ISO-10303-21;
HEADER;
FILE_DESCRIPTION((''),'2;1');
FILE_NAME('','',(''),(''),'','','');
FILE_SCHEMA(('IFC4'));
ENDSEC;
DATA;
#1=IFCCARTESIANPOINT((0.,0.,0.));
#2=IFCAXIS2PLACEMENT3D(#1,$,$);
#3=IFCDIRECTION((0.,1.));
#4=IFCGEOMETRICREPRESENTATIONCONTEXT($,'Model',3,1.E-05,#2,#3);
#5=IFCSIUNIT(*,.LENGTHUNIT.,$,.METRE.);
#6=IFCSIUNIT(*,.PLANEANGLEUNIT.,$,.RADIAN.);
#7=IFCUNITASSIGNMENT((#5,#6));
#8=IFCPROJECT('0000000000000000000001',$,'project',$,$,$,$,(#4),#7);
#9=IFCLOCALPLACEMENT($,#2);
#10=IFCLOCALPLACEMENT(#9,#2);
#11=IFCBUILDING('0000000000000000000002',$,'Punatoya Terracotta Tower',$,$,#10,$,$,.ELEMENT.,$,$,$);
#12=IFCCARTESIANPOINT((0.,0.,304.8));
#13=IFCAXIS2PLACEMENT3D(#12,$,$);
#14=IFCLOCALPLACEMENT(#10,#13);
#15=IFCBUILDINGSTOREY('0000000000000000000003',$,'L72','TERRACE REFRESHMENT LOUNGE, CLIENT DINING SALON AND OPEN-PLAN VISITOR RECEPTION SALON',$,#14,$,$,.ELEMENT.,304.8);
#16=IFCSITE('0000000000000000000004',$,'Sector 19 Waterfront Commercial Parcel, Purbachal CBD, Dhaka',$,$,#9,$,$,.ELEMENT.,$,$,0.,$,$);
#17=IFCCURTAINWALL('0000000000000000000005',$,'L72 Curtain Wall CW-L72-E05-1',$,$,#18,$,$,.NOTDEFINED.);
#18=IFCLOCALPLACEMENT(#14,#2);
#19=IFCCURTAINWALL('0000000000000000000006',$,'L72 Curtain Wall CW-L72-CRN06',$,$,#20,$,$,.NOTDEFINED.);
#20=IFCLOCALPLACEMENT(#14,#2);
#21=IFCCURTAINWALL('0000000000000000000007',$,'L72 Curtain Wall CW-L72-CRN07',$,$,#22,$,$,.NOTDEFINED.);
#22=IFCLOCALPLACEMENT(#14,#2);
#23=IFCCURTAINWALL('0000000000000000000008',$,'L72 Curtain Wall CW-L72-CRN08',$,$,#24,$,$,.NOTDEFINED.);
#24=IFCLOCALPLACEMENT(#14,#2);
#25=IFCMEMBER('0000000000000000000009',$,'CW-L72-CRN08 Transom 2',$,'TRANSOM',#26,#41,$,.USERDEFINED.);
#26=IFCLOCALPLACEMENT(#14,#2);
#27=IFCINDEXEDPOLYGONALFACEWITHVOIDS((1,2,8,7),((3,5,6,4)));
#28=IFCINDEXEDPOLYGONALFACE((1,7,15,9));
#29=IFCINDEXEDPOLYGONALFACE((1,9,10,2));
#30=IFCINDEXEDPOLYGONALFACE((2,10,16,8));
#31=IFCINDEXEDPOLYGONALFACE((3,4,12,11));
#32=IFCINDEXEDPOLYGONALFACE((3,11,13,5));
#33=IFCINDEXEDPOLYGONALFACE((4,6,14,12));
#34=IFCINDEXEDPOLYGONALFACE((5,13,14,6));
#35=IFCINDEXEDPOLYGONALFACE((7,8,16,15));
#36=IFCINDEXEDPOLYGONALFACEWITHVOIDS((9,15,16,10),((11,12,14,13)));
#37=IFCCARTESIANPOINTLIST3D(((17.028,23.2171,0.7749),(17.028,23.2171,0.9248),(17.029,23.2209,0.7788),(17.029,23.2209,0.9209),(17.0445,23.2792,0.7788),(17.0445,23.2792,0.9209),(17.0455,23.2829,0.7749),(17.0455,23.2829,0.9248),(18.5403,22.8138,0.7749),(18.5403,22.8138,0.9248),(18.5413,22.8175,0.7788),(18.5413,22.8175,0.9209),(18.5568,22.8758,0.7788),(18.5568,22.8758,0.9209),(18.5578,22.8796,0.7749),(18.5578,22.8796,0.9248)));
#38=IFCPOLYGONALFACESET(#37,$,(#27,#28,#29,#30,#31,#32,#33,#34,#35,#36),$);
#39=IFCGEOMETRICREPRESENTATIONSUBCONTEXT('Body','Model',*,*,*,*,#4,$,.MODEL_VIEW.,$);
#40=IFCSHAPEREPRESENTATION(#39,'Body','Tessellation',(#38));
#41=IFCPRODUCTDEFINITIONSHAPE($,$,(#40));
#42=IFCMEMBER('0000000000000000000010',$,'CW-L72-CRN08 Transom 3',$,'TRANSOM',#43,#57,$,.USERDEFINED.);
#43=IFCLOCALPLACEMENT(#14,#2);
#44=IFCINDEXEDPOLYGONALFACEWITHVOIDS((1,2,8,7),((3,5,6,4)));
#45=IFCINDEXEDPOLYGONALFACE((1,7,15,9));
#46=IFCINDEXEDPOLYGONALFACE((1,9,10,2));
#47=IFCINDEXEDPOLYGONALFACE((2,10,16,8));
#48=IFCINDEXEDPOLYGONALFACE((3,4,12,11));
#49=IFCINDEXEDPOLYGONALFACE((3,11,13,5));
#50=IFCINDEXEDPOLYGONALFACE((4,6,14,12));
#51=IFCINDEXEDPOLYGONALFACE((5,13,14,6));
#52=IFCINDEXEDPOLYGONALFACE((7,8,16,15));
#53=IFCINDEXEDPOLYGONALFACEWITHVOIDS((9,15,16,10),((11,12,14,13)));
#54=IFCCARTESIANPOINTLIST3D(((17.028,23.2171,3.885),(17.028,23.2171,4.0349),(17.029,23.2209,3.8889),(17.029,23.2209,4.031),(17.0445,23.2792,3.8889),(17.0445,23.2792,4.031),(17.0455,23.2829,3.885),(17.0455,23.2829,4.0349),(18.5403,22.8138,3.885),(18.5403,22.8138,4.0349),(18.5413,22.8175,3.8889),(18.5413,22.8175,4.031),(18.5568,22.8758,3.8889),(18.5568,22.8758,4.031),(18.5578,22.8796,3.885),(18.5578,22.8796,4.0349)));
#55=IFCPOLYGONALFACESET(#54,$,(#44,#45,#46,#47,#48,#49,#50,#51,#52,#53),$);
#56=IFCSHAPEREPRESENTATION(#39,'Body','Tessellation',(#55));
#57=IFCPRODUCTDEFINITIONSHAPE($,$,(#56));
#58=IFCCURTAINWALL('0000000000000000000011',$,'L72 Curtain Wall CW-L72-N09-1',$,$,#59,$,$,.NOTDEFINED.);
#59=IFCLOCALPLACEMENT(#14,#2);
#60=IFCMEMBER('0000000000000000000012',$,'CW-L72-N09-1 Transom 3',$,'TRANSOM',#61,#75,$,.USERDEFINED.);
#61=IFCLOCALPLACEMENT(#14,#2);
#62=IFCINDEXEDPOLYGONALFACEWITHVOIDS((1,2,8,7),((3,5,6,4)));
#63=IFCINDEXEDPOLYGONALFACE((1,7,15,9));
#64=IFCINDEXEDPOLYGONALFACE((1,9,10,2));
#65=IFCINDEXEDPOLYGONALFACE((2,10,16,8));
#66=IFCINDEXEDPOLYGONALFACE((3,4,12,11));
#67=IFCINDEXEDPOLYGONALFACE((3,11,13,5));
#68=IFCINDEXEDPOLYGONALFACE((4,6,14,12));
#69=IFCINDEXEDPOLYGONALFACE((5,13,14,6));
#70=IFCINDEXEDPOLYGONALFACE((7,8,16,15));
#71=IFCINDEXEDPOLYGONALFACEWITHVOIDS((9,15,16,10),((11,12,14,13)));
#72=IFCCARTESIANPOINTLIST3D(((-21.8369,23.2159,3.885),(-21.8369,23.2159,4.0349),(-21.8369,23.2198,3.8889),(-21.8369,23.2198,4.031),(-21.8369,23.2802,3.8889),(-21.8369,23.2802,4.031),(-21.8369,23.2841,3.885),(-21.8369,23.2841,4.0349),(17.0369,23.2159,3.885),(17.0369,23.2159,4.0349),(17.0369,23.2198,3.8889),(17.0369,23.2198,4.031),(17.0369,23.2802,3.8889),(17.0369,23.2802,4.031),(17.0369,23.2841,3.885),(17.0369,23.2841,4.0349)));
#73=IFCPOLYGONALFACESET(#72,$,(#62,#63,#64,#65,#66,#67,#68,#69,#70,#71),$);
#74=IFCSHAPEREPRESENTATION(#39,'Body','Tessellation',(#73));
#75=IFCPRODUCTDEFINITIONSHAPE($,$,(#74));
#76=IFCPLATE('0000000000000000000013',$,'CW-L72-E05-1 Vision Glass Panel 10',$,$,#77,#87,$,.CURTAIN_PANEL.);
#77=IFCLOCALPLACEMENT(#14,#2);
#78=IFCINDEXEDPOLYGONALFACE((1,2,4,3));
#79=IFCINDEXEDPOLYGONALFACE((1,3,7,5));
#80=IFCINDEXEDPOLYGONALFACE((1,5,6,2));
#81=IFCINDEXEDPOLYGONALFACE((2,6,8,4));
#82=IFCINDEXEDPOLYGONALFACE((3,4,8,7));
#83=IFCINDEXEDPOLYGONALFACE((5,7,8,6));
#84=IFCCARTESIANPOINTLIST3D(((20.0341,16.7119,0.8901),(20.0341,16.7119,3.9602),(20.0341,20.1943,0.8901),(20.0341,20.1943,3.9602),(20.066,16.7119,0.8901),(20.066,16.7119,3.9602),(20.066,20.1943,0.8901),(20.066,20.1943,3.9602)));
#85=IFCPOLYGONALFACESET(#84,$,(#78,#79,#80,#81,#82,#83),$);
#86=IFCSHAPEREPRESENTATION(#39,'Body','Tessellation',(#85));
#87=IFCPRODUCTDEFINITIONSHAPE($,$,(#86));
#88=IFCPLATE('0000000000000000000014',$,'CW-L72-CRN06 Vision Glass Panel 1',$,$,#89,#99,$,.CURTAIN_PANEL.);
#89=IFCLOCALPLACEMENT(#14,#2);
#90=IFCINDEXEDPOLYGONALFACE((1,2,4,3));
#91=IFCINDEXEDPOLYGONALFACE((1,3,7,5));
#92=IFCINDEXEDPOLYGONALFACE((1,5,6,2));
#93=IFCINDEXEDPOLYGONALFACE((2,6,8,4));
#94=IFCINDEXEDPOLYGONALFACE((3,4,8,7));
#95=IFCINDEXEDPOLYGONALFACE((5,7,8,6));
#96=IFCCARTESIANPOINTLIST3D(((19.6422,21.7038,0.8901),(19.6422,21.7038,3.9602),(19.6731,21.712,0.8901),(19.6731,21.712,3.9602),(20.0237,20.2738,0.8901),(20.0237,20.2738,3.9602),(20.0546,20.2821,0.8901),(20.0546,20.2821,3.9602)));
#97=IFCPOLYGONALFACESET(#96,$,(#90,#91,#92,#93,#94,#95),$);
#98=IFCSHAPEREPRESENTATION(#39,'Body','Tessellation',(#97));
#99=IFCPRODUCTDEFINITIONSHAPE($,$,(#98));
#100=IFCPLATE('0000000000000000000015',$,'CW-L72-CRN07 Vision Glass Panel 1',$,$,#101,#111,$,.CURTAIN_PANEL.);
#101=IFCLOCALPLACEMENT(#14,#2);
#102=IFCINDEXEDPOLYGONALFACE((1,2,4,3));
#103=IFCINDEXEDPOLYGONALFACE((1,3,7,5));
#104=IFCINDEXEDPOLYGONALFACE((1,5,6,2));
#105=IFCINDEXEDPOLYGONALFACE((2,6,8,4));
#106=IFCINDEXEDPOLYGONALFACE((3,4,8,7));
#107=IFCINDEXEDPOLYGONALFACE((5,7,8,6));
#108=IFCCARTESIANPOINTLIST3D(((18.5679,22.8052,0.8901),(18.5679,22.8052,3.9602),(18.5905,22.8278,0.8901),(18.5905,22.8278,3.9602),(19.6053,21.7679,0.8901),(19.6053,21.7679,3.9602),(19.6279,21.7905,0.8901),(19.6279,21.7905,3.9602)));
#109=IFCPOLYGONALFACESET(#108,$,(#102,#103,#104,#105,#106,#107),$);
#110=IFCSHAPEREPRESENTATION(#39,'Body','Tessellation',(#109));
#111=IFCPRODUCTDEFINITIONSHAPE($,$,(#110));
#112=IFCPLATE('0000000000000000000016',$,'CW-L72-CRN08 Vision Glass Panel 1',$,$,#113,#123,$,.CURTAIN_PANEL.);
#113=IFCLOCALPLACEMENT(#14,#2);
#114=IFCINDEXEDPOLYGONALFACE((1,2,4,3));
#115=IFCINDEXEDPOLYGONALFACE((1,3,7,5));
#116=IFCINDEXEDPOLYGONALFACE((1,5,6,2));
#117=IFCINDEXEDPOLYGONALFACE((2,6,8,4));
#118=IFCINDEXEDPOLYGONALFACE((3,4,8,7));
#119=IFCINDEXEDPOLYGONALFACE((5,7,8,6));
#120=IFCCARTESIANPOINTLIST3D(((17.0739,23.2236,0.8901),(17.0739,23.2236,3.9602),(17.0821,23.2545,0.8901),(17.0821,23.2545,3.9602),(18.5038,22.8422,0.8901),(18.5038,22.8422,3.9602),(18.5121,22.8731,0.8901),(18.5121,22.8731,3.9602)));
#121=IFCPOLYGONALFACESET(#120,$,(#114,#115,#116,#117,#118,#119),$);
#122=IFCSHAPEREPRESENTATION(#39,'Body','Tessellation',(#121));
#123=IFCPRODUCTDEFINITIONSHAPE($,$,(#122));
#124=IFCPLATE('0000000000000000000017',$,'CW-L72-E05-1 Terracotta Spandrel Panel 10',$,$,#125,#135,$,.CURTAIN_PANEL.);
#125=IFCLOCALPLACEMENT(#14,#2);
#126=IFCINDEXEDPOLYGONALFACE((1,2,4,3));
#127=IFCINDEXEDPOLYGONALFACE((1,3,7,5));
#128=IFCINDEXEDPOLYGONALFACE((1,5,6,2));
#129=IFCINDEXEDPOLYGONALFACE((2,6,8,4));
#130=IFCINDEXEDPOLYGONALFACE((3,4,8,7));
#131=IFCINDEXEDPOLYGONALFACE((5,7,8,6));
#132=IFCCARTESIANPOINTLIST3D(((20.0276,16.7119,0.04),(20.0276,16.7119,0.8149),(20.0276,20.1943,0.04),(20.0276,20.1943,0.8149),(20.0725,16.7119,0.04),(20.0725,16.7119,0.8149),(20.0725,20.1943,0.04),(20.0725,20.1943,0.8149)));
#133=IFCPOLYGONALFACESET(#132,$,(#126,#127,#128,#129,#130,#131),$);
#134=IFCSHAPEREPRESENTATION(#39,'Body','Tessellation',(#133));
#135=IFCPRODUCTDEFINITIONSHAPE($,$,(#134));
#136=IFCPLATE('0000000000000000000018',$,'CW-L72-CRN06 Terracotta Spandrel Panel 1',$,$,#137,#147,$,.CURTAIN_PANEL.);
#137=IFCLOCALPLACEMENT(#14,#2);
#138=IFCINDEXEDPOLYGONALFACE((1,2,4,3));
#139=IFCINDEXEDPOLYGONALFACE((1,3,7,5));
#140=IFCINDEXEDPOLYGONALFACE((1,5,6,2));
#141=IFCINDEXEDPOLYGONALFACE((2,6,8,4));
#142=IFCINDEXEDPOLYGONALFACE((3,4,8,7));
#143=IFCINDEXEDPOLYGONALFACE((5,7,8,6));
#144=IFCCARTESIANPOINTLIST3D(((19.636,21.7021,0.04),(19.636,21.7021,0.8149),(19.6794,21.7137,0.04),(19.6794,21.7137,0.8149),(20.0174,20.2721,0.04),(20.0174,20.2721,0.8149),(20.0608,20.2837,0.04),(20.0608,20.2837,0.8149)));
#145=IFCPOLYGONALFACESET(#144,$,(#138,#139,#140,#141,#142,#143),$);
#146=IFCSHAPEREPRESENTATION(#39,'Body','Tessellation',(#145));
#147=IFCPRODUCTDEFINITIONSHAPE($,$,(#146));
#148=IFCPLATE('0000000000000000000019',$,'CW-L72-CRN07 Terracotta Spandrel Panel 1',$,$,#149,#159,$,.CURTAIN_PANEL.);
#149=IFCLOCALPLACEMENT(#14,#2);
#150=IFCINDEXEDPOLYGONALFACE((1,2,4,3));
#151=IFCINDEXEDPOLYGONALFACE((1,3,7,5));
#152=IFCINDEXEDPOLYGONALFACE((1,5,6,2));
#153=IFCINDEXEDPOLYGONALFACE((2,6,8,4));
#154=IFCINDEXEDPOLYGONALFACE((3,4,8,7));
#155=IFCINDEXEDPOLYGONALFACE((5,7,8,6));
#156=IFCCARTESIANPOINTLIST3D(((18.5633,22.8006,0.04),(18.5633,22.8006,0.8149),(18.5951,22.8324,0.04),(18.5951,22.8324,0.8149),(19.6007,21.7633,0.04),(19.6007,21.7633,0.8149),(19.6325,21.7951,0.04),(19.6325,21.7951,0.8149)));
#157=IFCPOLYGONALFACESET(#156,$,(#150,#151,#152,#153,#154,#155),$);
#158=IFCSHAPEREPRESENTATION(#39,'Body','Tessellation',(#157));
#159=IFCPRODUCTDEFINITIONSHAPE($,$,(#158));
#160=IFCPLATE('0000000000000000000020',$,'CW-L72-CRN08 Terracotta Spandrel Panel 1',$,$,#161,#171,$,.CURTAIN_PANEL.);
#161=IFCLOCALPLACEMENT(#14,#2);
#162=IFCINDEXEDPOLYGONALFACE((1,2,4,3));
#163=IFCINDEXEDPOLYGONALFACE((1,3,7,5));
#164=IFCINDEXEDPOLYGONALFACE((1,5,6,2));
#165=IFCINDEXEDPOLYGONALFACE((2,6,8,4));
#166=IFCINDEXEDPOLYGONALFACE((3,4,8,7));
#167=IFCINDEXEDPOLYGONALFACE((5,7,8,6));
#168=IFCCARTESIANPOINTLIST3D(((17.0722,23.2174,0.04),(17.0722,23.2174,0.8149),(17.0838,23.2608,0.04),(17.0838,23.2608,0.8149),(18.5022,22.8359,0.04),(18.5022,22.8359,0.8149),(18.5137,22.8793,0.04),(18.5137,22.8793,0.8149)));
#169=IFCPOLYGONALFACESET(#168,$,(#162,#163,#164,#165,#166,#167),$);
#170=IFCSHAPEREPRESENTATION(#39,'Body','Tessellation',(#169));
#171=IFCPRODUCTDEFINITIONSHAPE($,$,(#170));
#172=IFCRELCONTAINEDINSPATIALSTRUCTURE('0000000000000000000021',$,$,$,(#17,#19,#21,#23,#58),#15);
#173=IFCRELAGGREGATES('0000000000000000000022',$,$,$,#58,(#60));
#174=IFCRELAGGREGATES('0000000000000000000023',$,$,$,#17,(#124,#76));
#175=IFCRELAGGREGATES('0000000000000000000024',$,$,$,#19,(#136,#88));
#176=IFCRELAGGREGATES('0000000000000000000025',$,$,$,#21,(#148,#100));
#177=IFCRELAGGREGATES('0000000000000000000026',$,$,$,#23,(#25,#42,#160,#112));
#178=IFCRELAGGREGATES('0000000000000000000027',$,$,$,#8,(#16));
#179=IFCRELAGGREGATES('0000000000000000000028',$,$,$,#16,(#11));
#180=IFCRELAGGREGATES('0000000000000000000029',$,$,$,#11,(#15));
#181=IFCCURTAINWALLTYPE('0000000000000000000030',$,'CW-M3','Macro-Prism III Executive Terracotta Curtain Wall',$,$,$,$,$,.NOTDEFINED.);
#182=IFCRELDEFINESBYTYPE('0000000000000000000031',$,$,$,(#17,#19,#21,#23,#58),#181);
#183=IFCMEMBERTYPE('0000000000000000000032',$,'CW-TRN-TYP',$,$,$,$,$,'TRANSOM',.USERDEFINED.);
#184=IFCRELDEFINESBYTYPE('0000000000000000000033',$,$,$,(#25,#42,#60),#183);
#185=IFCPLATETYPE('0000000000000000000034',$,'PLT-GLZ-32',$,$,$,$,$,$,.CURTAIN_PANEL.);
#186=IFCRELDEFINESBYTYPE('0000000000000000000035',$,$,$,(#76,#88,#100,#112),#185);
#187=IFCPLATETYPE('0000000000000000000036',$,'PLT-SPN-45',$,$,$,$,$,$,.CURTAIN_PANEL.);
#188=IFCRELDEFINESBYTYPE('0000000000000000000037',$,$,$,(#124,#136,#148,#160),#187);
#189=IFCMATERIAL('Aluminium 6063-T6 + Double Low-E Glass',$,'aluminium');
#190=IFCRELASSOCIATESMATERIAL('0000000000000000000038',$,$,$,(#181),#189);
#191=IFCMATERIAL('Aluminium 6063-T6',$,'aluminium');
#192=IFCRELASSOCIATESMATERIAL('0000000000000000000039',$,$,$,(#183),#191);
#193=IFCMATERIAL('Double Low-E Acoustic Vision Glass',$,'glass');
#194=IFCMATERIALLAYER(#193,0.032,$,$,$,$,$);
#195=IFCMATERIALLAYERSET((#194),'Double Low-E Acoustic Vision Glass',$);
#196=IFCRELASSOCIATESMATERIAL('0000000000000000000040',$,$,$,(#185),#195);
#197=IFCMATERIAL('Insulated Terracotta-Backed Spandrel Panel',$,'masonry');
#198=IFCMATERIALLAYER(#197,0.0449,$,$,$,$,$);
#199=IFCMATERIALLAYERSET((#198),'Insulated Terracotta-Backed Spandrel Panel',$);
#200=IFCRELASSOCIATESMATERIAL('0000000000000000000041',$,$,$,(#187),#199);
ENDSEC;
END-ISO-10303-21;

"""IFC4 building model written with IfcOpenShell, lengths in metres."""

from ifc_helpers import new_model, si_unit, direction, frame, origin, origin_2d, place, context, subcontext, project, spatial, rectangle, hollow_rectangle, extrude, material, layer, layer_set, material_profile, profile_set, type_object, element, aggregate, save


model = new_model("IFC4")

# Units and contexts
model_context = context("Model", 3, precision=1e-05, world=origin(), true_north=direction((0.0, 1.0)))
body_context = subcontext(model_context, "Body", "Model", "MODEL_VIEW")
ifc_project = project(units=[si_unit("LENGTHUNIT", "METRE"), si_unit("PLANEANGLEUNIT", "RADIAN")], contexts=[model_context])

# Site, building, storey
site_placement = place(None, origin())
site = spatial("IfcSite", under=ifc_project, at=site_placement, Name="Sector 19 Waterfront Commercial Parcel, Purbachal CBD, Dhaka", CompositionType="ELEMENT", RefElevation=0.0)
building_placement = place(site_placement, origin())
building = spatial("IfcBuilding", under=site, at=building_placement, Name="Punatoya Terracotta Tower", CompositionType="ELEMENT")
storey_placement = place(building_placement, frame((0.0, 0.0, 304.8)))
storey = spatial("IfcBuildingStorey", under=building, at=storey_placement, Name="L72", Description="TERRACE REFRESHMENT LOUNGE, CLIENT DINING SALON AND OPEN-PLAN VISITOR RECEPTION SALON", CompositionType="ELEMENT", Elevation=304.8)

# Curtain walls
ifc_material_1 = material(Name="Aluminium 6063-T6 + Double Low-E Glass", Category="aluminium")
curtain_wall_type = type_object("IfcCurtainWallType", Name="CW-M3", Description="Macro-Prism III Executive Terracotta Curtain Wall", PredefinedType="NOTDEFINED", material=ifc_material_1)
curtain_wall_1_placement = place(storey_placement, origin())
curtain_wall_1 = element("IfcCurtainWall", 1, at=curtain_wall_1_placement, inside=storey, type_object=curtain_wall_type, Name="L72 Curtain Wall CW-L72-E05-1", PredefinedType="NOTDEFINED")
ifc_material_2 = material(Name="Aluminium 6063-T6", Category="aluminium")
curtain_wall_2_placement = place(storey_placement, origin())
curtain_wall_2 = element("IfcCurtainWall", 2, at=curtain_wall_2_placement, inside=storey, type_object=curtain_wall_type, Name="L72 Curtain Wall CW-L72-CRN06", PredefinedType="NOTDEFINED")
curtain_wall_3_placement = place(storey_placement, origin())
curtain_wall_3 = element("IfcCurtainWall", 3, at=curtain_wall_3_placement, inside=storey, type_object=curtain_wall_type, Name="L72 Curtain Wall CW-L72-CRN07", PredefinedType="NOTDEFINED")
curtain_wall_4_placement = place(storey_placement, origin())
curtain_wall_4 = element("IfcCurtainWall", 4, at=curtain_wall_4_placement, inside=storey, type_object=curtain_wall_type, Name="L72 Curtain Wall CW-L72-CRN08", PredefinedType="NOTDEFINED")

# Members
ifc_material_profile_1 = material_profile(ifc_material_2, hollow_rectangle(XDim=0.0681, YDim=0.1499, WallThickness=0.0039, at=origin_2d()))
ifc_profile_set_1 = profile_set([ifc_material_profile_1], Name="Aluminium 6063-T6")
member_type_1 = type_object("IfcMemberType", Name="CW-TRN-TYP", ElementType="TRANSOM", PredefinedType="USERDEFINED", material=ifc_profile_set_1)
member_1_placement = place(storey_placement, frame((18.5491, 22.8467, 0.8499), z_axis=(-0.966225, 0.257701, 0.0), x_axis=(-0.257701, -0.966225, 0.0)))
member_1 = element("IfcMember", 5, at=member_1_placement, type_object=member_type_1, Name="CW-L72-CRN08 Transom 2", ObjectType="TRANSOM", PredefinedType="USERDEFINED", context=body_context, shape_type="SweptSolid", body=[
    extrude(hollow_rectangle(XDim=0.0681, YDim=0.1499, WallThickness=0.0039, at=origin_2d()), origin(), (0.0, 0.0, 1.0), 1.5652),
])
member_2_placement = place(storey_placement, frame((18.5491, 22.8467, 3.96), z_axis=(-0.966225, 0.257701, 0.0), x_axis=(-0.257701, -0.966225, 0.0)))
member_2 = element("IfcMember", 6, at=member_2_placement, type_object=member_type_1, Name="CW-L72-CRN08 Transom 3", ObjectType="TRANSOM", PredefinedType="USERDEFINED", context=body_context, shape_type="SweptSolid", body=[
    extrude(hollow_rectangle(XDim=0.0681, YDim=0.1499, WallThickness=0.0039, at=origin_2d()), origin(), (0.0, 0.0, 1.0), 1.5652),
])

# Curtain wall, member
curtain_wall_5_placement = place(storey_placement, origin())
curtain_wall_5 = element("IfcCurtainWall", 7, at=curtain_wall_5_placement, inside=storey, type_object=curtain_wall_type, Name="L72 Curtain Wall CW-L72-N09-1", PredefinedType="NOTDEFINED")
member_3_placement = place(storey_placement, frame((17.0369, 23.25, 3.96), z_axis=(-1.0, 0.0, 0.0), x_axis=(0.0, -1.0, 0.0)))
member_3 = element("IfcMember", 8, at=member_3_placement, type_object=member_type_1, Name="CW-L72-N09-1 Transom 3", ObjectType="TRANSOM", PredefinedType="USERDEFINED", context=body_context, shape_type="SweptSolid", body=[
    extrude(hollow_rectangle(XDim=0.0681, YDim=0.1499, WallThickness=0.0039, at=origin_2d()), origin(), (0.0, 0.0, 1.0), 38.8738),
])
aggregate(curtain_wall_5, [member_3])

# Plates
ifc_material_3 = material(Name="Double Low-E Acoustic Vision Glass", Category="glass")
ifc_layer_1 = layer(ifc_material_3, 0.032)
ifc_layer_set_1 = layer_set([ifc_layer_1], Name="Double Low-E Acoustic Vision Glass")
plate_type_1 = type_object("IfcPlateType", Name="PLT-GLZ-32", PredefinedType="CURTAIN_PANEL", material=ifc_layer_set_1)
plate_1_placement = place(storey_placement, frame((20.05, 18.4531, 0.8901), z_axis=(0.0, 0.0, 1.0), x_axis=(0.0, 1.0, 0.0)))
plate_1 = element("IfcPlate", 9, at=plate_1_placement, type_object=plate_type_1, Name="CW-L72-E05-1 Vision Glass Panel 10", PredefinedType="CURTAIN_PANEL", context=body_context, shape_type="SweptSolid", body=[
    extrude(rectangle(XDim=3.4824, YDim=0.032, at=origin_2d()), origin(), (0.0, 0.0, 1.0), 3.0701),
])
plate_2_placement = place(storey_placement, frame((19.8484, 20.9929, 0.8901), z_axis=(0.0, 0.0, 1.0), x_axis=(-0.257742, 0.966214, 0.0)))
plate_2 = element("IfcPlate", 10, at=plate_2_placement, type_object=plate_type_1, Name="CW-L72-CRN06 Vision Glass Panel 1", PredefinedType="CURTAIN_PANEL", context=body_context, shape_type="SweptSolid", body=[
    extrude(rectangle(XDim=1.48, YDim=0.032, at=origin_2d()), origin(), (0.0, 0.0, 1.0), 3.0701),
])
plate_3_placement = place(storey_placement, frame((19.0979, 22.2979, 0.8901), z_axis=(0.0, 0.0, 1.0), x_axis=(-0.707107, 0.707107, 0.0)))
plate_3 = element("IfcPlate", 11, at=plate_3_placement, type_object=plate_type_1, Name="CW-L72-CRN07 Vision Glass Panel 1", PredefinedType="CURTAIN_PANEL", context=body_context, shape_type="SweptSolid", body=[
    extrude(rectangle(XDim=1.467, YDim=0.032, at=origin_2d()), origin(), (0.0, 0.0, 1.0), 3.0701),
])
plate_4_placement = place(storey_placement, frame((17.793, 23.0483, 0.8901), z_axis=(0.0, 0.0, 1.0), x_axis=(-0.966214, 0.257742, 0.0)))
plate_4 = element("IfcPlate", 12, at=plate_4_placement, type_object=plate_type_1, Name="CW-L72-CRN08 Vision Glass Panel 1", PredefinedType="CURTAIN_PANEL", context=body_context, shape_type="SweptSolid", body=[
    extrude(rectangle(XDim=1.48, YDim=0.032, at=origin_2d()), origin(), (0.0, 0.0, 1.0), 3.0701),
])
ifc_material_4 = material(Name="Insulated Terracotta-Backed Spandrel Panel", Category="masonry")
ifc_layer_2 = layer(ifc_material_4, 0.0449)
ifc_layer_set_2 = layer_set([ifc_layer_2], Name="Insulated Terracotta-Backed Spandrel Panel")
plate_type_2 = type_object("IfcPlateType", Name="PLT-SPN-45", PredefinedType="CURTAIN_PANEL", material=ifc_layer_set_2)
plate_5_placement = place(storey_placement, frame((20.05, 18.4531, 0.04), z_axis=(0.0, 0.0, 1.0), x_axis=(0.0, 1.0, 0.0)))
plate_5 = element("IfcPlate", 13, at=plate_5_placement, type_object=plate_type_2, Name="CW-L72-E05-1 Terracotta Spandrel Panel 10", PredefinedType="CURTAIN_PANEL", context=body_context, shape_type="SweptSolid", body=[
    extrude(rectangle(XDim=3.4824, YDim=0.0449, at=origin_2d()), origin(), (0.0, 0.0, 1.0), 0.7749),
])
aggregate(curtain_wall_1, [plate_5, plate_1])
plate_6_placement = place(storey_placement, frame((19.8484, 20.9929, 0.04), z_axis=(0.0, 0.0, 1.0), x_axis=(-0.257742, 0.966214, 0.0)))
plate_6 = element("IfcPlate", 14, at=plate_6_placement, type_object=plate_type_2, Name="CW-L72-CRN06 Terracotta Spandrel Panel 1", PredefinedType="CURTAIN_PANEL", context=body_context, shape_type="SweptSolid", body=[
    extrude(rectangle(XDim=1.48, YDim=0.0449, at=origin_2d()), origin(), (0.0, 0.0, 1.0), 0.7749),
])
aggregate(curtain_wall_2, [plate_6, plate_2])
plate_7_placement = place(storey_placement, frame((19.0979, 22.2979, 0.04), z_axis=(0.0, 0.0, 1.0), x_axis=(-0.707107, 0.707107, 0.0)))
plate_7 = element("IfcPlate", 15, at=plate_7_placement, type_object=plate_type_2, Name="CW-L72-CRN07 Terracotta Spandrel Panel 1", PredefinedType="CURTAIN_PANEL", context=body_context, shape_type="SweptSolid", body=[
    extrude(rectangle(XDim=1.467, YDim=0.0449, at=origin_2d()), origin(), (0.0, 0.0, 1.0), 0.7749),
])
aggregate(curtain_wall_3, [plate_7, plate_3])
plate_8_placement = place(storey_placement, frame((17.793, 23.0483, 0.04), z_axis=(0.0, 0.0, 1.0), x_axis=(-0.966214, 0.257742, 0.0)))
plate_8 = element("IfcPlate", 16, at=plate_8_placement, type_object=plate_type_2, Name="CW-L72-CRN08 Terracotta Spandrel Panel 1", PredefinedType="CURTAIN_PANEL", context=body_context, shape_type="SweptSolid", body=[
    extrude(rectangle(XDim=1.48, YDim=0.0449, at=origin_2d()), origin(), (0.0, 0.0, 1.0), 0.7749),
])
aggregate(curtain_wall_4, [member_1, member_2, plate_8, plate_4])

save(model, "model.ifc")
